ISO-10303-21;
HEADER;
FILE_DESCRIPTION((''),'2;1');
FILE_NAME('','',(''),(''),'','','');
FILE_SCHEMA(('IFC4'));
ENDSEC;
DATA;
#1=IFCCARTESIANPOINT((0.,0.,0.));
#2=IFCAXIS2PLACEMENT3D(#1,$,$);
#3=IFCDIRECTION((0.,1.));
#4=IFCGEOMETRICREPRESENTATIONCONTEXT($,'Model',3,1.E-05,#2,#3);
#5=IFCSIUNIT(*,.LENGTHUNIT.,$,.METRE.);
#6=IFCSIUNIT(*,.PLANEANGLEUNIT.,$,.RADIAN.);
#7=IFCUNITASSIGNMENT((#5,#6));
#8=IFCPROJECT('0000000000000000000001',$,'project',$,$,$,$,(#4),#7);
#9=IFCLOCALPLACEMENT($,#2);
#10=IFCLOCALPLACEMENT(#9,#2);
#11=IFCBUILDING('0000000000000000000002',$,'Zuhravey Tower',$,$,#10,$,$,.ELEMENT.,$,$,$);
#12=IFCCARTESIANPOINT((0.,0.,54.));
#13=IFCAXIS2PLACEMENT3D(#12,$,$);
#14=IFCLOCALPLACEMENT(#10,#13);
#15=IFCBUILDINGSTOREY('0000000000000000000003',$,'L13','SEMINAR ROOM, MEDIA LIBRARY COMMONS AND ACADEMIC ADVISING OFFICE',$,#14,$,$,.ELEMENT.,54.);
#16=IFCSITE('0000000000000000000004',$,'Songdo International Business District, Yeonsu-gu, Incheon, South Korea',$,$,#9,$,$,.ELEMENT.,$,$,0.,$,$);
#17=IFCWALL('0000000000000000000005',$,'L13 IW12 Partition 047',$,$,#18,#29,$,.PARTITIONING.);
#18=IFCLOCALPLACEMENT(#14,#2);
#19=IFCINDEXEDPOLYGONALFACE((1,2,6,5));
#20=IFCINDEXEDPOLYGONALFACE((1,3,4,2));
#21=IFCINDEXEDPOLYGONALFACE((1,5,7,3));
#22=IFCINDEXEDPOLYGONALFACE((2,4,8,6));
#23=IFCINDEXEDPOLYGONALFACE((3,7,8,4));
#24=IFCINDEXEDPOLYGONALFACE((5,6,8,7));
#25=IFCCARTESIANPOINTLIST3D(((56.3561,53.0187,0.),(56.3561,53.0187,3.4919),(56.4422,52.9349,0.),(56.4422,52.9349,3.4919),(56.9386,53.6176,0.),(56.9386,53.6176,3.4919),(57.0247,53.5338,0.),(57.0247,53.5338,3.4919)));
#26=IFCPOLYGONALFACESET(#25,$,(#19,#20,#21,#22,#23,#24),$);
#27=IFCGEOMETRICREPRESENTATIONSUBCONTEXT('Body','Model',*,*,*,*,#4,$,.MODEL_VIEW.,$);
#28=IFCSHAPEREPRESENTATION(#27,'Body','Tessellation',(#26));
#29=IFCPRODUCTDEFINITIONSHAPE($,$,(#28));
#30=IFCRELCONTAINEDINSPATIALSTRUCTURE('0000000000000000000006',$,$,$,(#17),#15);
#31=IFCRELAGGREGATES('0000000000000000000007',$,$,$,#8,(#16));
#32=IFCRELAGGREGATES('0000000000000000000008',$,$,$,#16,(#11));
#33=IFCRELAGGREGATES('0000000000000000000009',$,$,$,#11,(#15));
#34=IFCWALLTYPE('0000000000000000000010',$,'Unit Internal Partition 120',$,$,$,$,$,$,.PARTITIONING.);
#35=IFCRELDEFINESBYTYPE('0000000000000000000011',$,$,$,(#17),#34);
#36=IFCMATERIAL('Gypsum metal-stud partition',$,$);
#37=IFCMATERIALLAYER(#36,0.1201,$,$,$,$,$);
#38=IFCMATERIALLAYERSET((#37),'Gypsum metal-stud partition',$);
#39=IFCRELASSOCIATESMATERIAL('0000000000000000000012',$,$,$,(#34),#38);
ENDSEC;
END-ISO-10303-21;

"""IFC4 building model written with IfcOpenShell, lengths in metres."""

from ifc_helpers import new_model, si_unit, direction, frame, frame_2d, origin, place, context, subcontext, project, spatial, rectangle, extrude, material, layer, layer_set, type_object, element, save


model = new_model("IFC4")

# Units and contexts
model_context = context("Model", 3, precision=1e-05, world=origin(), true_north=direction((0.0, 1.0)))
body_context = subcontext(model_context, "Body", "Model", "MODEL_VIEW")
ifc_project = project(units=[si_unit("LENGTHUNIT", "METRE"), si_unit("PLANEANGLEUNIT", "RADIAN")], contexts=[model_context])

# Site, building, storey
site_placement = place(None, origin())
site = spatial("IfcSite", under=ifc_project, at=site_placement, Name="Songdo International Business District, Yeonsu-gu, Incheon, South Korea", CompositionType="ELEMENT", RefElevation=0.0)
building_placement = place(site_placement, origin())
building = spatial("IfcBuilding", under=site, at=building_placement, Name="Zuhravey Tower", CompositionType="ELEMENT")
storey_placement = place(building_placement, frame((0.0, 0.0, 54.0)))
storey = spatial("IfcBuildingStorey", under=building, at=storey_placement, Name="L13", Description="SEMINAR ROOM, MEDIA LIBRARY COMMONS AND ACADEMIC ADVISING OFFICE", CompositionType="ELEMENT", Elevation=54.0)

# Wall
ifc_material_1 = material(Name="Gypsum metal-stud partition")
ifc_layer_1 = layer(ifc_material_1, 0.1201)
ifc_layer_set_1 = layer_set([ifc_layer_1], Name="Gypsum metal-stud partition")
wall_type_1 = type_object("IfcWallType", Name="Unit Internal Partition 120", PredefinedType="PARTITIONING", material=ifc_layer_set_1)
wall_1_placement = place(storey_placement, frame((56.3992, 52.9768, 0.0), z_axis=(0.0, 0.0, 1.0), x_axis=(0.697249, 0.716829, 0.0)))
element("IfcWall", 1, at=wall_1_placement, inside=storey, type_object=wall_type_1, Name="L13 IW12 Partition 047", PredefinedType="PARTITIONING", context=body_context, shape_type="SweptSolid", body=[
    extrude(rectangle(XDim=0.8354, YDim=0.1201, at=frame_2d((0.4177, 0.0))), origin(), (0.0, 0.0, 1.0), 3.4919),
])

save(model, "model.ifc")
